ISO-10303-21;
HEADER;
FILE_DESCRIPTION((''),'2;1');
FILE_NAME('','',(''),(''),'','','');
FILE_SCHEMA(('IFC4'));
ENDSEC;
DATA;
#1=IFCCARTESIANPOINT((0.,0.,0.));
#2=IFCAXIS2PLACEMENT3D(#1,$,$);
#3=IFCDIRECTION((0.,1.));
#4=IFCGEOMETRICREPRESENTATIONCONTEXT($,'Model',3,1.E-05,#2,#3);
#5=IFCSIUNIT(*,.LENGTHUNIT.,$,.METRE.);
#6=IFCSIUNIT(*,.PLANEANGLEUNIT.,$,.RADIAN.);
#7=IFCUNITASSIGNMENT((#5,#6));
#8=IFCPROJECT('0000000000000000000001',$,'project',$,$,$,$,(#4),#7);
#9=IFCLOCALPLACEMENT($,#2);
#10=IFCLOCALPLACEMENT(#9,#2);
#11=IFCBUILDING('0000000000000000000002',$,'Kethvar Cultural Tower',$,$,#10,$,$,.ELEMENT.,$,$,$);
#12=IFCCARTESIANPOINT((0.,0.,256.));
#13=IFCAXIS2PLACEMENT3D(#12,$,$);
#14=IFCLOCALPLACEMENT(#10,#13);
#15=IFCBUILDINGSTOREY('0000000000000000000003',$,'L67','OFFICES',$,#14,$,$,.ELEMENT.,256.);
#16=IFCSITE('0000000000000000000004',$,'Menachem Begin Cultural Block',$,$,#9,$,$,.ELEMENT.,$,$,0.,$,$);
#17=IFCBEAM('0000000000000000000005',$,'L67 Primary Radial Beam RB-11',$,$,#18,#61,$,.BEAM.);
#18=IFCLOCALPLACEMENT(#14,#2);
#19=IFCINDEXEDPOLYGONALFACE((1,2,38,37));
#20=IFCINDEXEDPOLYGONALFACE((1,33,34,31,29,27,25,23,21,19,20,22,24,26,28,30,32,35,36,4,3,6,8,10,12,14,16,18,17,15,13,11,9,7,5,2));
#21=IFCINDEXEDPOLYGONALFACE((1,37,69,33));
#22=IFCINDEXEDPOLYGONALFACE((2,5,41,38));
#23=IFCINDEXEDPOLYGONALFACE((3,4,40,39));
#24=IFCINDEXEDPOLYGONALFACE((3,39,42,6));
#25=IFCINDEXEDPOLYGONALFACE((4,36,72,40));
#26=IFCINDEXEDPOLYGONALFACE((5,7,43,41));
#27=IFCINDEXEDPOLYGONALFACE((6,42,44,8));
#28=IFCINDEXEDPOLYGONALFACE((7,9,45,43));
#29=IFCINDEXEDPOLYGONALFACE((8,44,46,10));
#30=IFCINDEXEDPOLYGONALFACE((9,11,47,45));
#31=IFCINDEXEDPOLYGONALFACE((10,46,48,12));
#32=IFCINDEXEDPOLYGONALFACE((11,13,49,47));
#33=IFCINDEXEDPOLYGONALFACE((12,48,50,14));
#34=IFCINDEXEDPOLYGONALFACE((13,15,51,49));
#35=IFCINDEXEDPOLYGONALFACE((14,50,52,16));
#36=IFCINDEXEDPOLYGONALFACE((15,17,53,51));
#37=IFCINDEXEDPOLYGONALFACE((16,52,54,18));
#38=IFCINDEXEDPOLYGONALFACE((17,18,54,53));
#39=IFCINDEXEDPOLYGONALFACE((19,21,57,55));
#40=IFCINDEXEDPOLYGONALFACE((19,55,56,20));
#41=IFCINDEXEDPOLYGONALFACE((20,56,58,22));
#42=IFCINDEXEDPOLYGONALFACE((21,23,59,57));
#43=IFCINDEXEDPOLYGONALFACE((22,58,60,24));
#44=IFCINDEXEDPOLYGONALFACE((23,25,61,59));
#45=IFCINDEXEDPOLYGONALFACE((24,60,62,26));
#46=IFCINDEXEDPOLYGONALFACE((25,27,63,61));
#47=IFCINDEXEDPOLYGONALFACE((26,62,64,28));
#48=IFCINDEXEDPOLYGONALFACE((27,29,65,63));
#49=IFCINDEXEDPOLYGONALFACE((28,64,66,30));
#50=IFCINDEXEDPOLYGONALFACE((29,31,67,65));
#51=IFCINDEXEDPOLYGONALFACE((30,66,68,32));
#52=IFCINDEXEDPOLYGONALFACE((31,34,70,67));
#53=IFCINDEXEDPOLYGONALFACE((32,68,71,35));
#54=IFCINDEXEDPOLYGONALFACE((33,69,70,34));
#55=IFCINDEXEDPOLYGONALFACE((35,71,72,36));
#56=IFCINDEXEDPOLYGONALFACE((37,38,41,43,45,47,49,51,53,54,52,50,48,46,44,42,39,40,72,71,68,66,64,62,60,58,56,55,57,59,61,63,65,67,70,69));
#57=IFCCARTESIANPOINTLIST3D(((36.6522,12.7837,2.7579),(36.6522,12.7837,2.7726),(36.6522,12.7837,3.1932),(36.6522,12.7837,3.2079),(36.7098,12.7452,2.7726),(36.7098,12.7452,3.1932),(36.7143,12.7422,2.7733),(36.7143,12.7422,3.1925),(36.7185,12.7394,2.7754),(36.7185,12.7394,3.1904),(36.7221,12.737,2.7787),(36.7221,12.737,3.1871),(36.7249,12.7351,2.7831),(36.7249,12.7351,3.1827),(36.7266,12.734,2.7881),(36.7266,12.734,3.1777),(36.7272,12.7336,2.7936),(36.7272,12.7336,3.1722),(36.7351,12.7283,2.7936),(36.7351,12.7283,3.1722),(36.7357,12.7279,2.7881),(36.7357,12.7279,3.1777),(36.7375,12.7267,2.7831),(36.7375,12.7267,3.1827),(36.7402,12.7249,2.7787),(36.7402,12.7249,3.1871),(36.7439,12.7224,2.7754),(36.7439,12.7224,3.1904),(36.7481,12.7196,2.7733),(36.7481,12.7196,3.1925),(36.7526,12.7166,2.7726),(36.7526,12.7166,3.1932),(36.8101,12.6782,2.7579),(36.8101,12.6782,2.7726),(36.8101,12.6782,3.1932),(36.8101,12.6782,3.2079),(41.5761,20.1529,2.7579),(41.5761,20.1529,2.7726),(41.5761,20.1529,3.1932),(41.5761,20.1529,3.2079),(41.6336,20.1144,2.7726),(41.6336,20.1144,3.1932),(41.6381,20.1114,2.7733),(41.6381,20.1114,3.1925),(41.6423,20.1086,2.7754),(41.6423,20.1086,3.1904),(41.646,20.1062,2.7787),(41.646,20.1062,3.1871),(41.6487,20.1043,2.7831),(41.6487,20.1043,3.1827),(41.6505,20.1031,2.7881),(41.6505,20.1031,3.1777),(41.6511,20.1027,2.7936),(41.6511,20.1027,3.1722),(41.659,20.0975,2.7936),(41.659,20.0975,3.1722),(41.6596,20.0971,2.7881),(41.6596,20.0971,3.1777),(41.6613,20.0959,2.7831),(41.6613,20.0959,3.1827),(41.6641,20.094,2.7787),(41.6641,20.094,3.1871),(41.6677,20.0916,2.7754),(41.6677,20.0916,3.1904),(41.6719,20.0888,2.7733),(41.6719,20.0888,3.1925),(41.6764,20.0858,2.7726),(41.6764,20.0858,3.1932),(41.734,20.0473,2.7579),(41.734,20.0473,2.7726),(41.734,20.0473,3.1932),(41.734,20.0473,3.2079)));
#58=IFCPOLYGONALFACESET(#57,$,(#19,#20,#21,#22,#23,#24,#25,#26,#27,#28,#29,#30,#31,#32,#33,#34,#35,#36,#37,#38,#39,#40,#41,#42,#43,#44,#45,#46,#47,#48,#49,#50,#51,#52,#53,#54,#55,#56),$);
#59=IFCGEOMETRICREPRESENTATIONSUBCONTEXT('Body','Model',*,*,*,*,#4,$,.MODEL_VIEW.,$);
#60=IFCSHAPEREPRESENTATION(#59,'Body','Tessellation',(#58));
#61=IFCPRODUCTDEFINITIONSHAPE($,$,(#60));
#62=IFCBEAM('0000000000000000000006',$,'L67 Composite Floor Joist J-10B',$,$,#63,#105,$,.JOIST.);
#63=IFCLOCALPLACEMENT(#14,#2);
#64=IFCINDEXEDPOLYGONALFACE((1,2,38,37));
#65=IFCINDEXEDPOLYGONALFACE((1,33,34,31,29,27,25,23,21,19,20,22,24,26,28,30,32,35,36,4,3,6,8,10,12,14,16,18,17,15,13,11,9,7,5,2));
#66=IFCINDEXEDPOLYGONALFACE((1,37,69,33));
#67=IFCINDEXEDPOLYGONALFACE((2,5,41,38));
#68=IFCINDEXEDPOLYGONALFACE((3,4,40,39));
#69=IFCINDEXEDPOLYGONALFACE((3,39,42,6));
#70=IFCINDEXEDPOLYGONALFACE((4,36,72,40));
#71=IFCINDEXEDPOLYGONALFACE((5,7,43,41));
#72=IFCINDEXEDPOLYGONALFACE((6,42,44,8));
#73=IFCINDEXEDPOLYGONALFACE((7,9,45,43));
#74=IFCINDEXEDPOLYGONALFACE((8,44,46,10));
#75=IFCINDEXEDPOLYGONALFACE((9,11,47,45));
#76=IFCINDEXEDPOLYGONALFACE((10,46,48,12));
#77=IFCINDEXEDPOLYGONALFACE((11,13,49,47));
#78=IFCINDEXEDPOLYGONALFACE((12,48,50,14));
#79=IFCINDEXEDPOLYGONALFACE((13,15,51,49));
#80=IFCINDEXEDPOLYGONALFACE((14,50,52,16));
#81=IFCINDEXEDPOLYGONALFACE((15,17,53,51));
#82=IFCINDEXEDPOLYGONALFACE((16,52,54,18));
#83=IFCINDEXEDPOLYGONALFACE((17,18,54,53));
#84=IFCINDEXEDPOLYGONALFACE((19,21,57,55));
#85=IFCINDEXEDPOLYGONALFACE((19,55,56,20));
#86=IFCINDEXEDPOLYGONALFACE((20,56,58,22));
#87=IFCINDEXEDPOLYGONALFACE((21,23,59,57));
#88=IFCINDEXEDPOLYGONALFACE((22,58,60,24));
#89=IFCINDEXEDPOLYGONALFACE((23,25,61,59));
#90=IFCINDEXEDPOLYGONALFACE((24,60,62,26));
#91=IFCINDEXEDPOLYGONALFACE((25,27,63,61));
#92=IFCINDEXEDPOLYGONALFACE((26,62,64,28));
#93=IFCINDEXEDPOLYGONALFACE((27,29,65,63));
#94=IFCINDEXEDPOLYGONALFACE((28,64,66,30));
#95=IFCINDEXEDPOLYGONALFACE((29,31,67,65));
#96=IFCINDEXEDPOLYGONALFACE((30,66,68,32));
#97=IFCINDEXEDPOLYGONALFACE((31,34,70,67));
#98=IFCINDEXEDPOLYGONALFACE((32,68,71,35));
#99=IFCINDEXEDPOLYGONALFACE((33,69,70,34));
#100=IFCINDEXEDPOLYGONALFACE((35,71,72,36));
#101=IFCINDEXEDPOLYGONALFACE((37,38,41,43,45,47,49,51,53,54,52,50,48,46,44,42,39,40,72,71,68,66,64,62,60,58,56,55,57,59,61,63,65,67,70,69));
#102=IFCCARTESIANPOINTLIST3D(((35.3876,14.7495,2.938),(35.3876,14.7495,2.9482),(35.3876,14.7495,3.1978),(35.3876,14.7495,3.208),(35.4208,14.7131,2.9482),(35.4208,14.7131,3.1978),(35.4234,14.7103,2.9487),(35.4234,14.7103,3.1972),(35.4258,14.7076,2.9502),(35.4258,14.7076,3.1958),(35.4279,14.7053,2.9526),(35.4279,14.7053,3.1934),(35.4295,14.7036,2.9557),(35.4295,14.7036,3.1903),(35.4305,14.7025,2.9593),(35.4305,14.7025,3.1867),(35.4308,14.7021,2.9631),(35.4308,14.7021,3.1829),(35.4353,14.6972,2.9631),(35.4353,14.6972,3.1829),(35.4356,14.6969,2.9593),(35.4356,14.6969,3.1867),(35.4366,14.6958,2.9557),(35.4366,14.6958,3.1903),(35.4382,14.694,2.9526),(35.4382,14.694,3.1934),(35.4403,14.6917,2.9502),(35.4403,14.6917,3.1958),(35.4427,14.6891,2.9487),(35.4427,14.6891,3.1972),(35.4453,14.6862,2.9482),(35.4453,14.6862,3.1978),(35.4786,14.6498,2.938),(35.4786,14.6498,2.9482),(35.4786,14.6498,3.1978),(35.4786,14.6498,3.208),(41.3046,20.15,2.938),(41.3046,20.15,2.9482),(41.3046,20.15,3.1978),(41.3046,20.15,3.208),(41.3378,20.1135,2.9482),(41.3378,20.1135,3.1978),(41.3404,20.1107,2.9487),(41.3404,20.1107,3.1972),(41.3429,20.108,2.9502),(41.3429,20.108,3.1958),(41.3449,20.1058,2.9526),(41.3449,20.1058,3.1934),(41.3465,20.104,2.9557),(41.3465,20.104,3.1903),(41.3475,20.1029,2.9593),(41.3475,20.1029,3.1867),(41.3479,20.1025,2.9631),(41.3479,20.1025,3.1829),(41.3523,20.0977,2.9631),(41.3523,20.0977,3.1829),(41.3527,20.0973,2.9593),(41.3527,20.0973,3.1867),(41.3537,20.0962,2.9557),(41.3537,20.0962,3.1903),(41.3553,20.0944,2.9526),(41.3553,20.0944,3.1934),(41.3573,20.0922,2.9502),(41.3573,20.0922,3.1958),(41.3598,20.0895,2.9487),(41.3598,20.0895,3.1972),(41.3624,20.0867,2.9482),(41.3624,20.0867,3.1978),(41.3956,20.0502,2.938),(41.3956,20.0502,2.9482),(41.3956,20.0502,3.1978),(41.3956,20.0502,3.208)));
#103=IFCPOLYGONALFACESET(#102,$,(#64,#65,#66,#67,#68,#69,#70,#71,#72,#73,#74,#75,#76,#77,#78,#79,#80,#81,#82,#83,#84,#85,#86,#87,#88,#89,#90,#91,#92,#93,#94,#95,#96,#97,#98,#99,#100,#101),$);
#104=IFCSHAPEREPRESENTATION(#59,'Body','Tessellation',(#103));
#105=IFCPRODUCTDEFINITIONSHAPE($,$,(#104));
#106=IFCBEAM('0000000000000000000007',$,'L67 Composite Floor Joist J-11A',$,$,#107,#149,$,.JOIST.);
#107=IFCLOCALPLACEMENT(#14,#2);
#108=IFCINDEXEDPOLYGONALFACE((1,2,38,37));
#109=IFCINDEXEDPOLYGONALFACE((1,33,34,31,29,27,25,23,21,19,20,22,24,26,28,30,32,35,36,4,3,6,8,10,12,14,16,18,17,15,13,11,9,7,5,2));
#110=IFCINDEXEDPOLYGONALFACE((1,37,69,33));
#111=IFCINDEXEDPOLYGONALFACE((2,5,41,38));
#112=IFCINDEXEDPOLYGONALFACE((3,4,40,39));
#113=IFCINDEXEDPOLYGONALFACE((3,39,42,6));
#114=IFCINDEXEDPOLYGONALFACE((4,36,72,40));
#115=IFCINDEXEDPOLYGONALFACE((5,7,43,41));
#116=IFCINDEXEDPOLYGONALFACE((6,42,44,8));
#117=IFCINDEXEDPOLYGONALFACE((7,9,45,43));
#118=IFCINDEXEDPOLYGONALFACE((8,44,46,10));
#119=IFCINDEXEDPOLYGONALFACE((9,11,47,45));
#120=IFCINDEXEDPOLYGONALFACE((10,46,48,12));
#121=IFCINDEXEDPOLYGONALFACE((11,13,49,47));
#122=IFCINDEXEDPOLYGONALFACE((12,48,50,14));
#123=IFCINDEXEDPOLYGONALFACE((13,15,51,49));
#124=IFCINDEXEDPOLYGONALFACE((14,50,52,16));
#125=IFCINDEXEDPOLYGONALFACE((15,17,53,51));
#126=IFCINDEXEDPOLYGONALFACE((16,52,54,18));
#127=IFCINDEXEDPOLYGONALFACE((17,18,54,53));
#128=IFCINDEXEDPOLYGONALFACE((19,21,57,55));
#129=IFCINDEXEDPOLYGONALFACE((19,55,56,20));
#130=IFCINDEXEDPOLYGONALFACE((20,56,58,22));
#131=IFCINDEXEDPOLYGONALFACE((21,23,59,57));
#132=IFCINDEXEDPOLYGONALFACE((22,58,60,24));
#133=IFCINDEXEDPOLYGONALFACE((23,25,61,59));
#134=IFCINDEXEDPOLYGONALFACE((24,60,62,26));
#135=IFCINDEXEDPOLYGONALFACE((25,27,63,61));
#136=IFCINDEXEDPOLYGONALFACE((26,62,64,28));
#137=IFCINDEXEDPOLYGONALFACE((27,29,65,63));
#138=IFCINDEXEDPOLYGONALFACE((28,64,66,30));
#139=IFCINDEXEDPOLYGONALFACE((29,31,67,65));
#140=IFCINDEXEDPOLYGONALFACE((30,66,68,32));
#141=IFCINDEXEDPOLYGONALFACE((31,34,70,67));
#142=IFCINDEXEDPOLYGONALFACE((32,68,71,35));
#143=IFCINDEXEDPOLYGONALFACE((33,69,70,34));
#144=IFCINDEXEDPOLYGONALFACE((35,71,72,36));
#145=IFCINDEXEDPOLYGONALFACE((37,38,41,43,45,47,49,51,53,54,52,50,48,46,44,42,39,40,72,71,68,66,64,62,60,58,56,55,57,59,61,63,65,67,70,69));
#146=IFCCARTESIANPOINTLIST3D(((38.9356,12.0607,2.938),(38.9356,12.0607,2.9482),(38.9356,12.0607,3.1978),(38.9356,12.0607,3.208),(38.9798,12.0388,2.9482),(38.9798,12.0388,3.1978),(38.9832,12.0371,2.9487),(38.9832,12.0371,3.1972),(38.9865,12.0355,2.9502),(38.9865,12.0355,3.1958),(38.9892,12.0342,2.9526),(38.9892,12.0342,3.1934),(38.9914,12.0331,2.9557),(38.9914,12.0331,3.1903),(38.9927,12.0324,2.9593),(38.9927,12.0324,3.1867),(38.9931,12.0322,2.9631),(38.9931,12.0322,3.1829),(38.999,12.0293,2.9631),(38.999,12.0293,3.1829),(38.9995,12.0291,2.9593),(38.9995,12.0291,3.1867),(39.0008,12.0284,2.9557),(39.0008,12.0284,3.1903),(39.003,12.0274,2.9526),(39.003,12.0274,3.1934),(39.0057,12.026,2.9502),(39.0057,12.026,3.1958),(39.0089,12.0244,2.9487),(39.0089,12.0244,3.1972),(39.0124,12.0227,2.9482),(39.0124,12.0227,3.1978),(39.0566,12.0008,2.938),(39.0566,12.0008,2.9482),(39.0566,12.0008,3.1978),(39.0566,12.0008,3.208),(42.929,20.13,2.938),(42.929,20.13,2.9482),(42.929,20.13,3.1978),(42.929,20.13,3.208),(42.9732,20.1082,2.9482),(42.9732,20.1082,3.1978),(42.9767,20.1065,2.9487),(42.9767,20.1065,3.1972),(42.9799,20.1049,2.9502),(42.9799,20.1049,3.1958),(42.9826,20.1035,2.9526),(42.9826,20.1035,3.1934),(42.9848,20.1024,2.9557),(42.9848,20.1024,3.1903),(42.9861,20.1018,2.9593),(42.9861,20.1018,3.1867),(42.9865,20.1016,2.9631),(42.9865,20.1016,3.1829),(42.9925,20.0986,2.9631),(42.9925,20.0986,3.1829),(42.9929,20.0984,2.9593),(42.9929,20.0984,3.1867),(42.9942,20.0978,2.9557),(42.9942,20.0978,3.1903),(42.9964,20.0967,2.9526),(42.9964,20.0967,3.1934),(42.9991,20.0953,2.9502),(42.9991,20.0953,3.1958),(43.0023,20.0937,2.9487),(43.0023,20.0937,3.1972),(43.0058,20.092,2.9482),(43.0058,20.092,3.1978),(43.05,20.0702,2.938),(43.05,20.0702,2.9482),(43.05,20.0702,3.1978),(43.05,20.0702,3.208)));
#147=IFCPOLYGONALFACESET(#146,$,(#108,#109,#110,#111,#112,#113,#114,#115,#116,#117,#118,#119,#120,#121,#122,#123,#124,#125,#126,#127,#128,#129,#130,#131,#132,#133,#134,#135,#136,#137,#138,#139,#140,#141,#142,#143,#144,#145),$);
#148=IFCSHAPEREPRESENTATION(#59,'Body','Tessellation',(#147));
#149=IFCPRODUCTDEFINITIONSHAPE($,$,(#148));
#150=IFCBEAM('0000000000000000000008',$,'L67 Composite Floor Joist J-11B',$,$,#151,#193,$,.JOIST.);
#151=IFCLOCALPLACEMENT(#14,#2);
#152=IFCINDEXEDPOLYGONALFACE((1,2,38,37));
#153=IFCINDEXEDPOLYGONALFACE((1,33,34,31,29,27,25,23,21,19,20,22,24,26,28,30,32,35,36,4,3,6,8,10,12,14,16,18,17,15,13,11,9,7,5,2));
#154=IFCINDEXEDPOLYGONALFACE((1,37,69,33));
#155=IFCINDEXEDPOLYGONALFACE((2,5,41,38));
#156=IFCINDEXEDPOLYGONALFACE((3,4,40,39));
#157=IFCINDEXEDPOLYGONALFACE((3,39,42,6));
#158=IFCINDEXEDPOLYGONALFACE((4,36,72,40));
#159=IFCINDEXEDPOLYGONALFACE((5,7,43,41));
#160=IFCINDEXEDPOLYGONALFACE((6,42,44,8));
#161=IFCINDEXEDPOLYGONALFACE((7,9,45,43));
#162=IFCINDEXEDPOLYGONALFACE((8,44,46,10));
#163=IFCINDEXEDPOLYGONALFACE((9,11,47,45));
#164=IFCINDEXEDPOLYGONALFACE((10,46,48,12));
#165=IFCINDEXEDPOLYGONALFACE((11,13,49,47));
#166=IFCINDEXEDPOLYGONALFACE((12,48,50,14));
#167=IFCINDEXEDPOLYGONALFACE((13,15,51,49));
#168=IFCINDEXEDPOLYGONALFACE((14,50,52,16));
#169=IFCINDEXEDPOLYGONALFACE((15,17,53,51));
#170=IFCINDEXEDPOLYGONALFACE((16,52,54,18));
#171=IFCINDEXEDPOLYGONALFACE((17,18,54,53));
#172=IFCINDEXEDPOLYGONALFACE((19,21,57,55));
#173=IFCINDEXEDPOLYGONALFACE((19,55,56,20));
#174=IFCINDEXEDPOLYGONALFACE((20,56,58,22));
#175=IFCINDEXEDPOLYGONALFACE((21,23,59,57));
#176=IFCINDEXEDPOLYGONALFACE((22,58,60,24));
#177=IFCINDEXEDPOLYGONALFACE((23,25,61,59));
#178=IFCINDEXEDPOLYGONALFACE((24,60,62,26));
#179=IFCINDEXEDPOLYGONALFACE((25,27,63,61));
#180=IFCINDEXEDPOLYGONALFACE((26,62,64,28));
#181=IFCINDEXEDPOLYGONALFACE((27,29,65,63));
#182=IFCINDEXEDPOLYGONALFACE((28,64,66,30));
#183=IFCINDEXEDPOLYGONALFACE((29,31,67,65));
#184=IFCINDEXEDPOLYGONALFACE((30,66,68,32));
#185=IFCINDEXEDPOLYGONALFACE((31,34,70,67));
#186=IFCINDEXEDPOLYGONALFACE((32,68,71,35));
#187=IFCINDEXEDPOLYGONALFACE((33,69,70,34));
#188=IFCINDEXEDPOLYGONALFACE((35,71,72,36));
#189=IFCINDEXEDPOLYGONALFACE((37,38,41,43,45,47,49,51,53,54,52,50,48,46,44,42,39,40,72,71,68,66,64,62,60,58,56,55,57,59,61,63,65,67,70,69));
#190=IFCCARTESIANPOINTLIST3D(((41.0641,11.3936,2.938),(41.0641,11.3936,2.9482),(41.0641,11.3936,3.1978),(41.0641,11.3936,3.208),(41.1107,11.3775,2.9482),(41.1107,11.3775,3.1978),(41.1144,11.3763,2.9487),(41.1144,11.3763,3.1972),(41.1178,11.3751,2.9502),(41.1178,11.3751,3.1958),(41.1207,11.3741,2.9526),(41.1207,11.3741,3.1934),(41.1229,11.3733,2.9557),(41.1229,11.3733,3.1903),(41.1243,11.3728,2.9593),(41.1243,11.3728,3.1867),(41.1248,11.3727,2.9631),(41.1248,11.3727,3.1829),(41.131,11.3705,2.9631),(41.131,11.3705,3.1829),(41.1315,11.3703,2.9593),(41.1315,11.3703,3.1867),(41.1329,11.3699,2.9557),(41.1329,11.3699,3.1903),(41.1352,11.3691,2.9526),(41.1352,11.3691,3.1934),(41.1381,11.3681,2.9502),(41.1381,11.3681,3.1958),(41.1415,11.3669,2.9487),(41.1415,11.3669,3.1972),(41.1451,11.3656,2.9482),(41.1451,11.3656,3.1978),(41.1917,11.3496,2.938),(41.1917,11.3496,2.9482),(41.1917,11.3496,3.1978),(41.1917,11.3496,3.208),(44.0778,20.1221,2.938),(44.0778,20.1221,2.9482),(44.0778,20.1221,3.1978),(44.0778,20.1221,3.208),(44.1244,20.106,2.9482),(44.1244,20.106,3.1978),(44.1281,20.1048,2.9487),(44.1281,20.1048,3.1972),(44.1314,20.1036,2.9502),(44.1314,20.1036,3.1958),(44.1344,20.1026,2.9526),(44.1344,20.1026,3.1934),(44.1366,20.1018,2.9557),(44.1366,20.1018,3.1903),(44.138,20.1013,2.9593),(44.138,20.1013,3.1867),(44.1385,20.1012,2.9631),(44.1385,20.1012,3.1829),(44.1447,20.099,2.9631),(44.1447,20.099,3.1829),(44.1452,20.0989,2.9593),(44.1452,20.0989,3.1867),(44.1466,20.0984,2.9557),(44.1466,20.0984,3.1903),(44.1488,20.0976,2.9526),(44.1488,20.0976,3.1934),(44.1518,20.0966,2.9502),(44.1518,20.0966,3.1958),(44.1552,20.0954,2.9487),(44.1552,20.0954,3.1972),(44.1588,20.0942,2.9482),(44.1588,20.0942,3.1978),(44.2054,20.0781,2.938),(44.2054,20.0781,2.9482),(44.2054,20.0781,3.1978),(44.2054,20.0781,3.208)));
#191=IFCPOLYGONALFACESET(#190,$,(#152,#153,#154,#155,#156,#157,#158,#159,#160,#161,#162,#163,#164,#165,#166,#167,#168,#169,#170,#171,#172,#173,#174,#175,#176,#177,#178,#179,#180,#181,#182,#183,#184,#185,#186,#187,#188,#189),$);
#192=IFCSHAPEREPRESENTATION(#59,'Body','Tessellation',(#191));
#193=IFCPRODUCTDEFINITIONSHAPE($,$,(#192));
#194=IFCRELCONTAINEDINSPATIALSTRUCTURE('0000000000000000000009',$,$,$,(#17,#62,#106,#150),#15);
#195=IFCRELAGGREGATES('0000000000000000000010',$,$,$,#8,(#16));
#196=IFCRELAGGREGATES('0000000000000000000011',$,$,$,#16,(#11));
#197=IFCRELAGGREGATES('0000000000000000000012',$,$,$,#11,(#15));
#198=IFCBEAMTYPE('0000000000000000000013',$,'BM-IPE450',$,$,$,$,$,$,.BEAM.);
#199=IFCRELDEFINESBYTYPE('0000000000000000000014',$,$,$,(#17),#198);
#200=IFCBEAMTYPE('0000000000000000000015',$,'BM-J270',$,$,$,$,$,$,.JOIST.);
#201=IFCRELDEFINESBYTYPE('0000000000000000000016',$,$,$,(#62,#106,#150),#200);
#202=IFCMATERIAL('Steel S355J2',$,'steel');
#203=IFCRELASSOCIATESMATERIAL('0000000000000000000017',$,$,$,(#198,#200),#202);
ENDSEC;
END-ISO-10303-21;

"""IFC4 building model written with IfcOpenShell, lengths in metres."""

from ifc_helpers import new_model, si_unit, direction, frame, origin, origin_2d, place, context, subcontext, project, spatial, i_section, extrude, source, transform, mapped, material, material_profile, profile_set, type_object, element, save


model = new_model("IFC4")

# Units and contexts
model_context = context("Model", 3, precision=1e-05, world=origin(), true_north=direction((0.0, 1.0)))
body_context = subcontext(model_context, "Body", "Model", "MODEL_VIEW")
ifc_project = project(units=[si_unit("LENGTHUNIT", "METRE"), si_unit("PLANEANGLEUNIT", "RADIAN")], contexts=[model_context])

# Site, building, storey
site_placement = place(None, origin())
site = spatial("IfcSite", under=ifc_project, at=site_placement, Name="Menachem Begin Cultural Block", CompositionType="ELEMENT", RefElevation=0.0)
building_placement = place(site_placement, origin())
building = spatial("IfcBuilding", under=site, at=building_placement, Name="Kethvar Cultural Tower", CompositionType="ELEMENT")
storey_placement = place(building_placement, frame((0.0, 0.0, 256.0)))
storey = spatial("IfcBuildingStorey", under=building, at=storey_placement, Name="L67", Description="OFFICES", CompositionType="ELEMENT", Elevation=256.0)

# Beams
ifc_material_1 = material(Name="Steel S355J2", Category="steel")
ifc_material_profile_1 = material_profile(ifc_material_1, i_section(OverallWidth=0.1899, OverallDepth=0.45, WebThickness=0.0095, FlangeThickness=0.0146, FilletRadius=0.021, at=origin_2d()), Name="Steel S355J2 — IPE450")
ifc_profile_set_1 = profile_set([ifc_material_profile_1], Name="Steel S355J2 — IPE450")
beam_type_1 = type_object("IfcBeamType", Name="BM-IPE450", PredefinedType="BEAM", material=ifc_profile_set_1)
shared_shape_1 = source(origin(), body_context, "Body", "SweptSolid", [
    extrude(i_section(OverallWidth=0.1899, OverallDepth=0.45, WebThickness=0.0095, FlangeThickness=0.0146, FilletRadius=0.021, at=origin_2d()), origin(), (0.0, 0.0, 1.0), 8.8628),
])
beam_1_placement = place(storey_placement, frame((41.655, 20.1001, 2.9829), z_axis=(-0.555564, -0.831473, 0.0), x_axis=(0.831473, -0.555564, 0.0)))
element("IfcBeam", 1, at=beam_1_placement, inside=storey, type_object=beam_type_1, Name="L67 Primary Radial Beam RB-11", PredefinedType="BEAM", context=body_context, shape_type="MappedRepresentation", body=[
    mapped(shared_shape_1, transform((0.0, 0.0, 0.0), scale=1.0)),
])
ifc_material_profile_2 = material_profile(ifc_material_1, i_section(OverallWidth=0.135, OverallDepth=0.27, WebThickness=0.0066, FlangeThickness=0.0103, FilletRadius=0.0149, at=origin_2d()), Name="Steel S355J2 — IPE270")
ifc_profile_set_2 = profile_set([ifc_material_profile_2], Name="Steel S355J2 — IPE270")
beam_type_2 = type_object("IfcBeamType", Name="BM-J270", PredefinedType="JOIST", material=ifc_profile_set_2)
shared_shape_2 = source(origin(), body_context, "Body", "SweptSolid", [
    extrude(i_section(OverallWidth=0.135, OverallDepth=0.27, WebThickness=0.0066, FlangeThickness=0.0103, FilletRadius=0.0149, at=origin_2d()), origin(), (0.0, 0.0, 1.0), 8.011),
])
beam_2_placement = place(storey_placement, frame((41.3501, 20.1001, 3.073), z_axis=(-0.738615, -0.674128, 0.0), x_axis=(0.674128, -0.738615, 0.0)))
element("IfcBeam", 2, at=beam_2_placement, inside=storey, type_object=beam_type_2, Name="L67 Composite Floor Joist J-10B", PredefinedType="JOIST", context=body_context, shape_type="MappedRepresentation", body=[
    mapped(shared_shape_2, transform((0.0, 0.0, 0.0), scale=1.0)),
])
shared_shape_3 = source(origin(), body_context, "Body", "SweptSolid", [
    extrude(i_section(OverallWidth=0.135, OverallDepth=0.27, WebThickness=0.0066, FlangeThickness=0.0103, FilletRadius=0.0149, at=origin_2d()), origin(), (0.0, 0.0, 1.0), 9.0034),
])
beam_3_placement = place(storey_placement, frame((42.9895, 20.1001, 3.073), z_axis=(-0.443544, -0.896253, 0.0), x_axis=(0.896253, -0.443544, 0.0)))
element("IfcBeam", 3, at=beam_3_placement, inside=storey, type_object=beam_type_2, Name="L67 Composite Floor Joist J-11A", PredefinedType="JOIST", context=body_context, shape_type="MappedRepresentation", body=[
    mapped(shared_shape_3, transform((0.0, 0.0, 0.0), scale=1.0)),
])
shared_shape_4 = source(origin(), body_context, "Body", "SweptSolid", [
    extrude(i_section(OverallWidth=0.135, OverallDepth=0.27, WebThickness=0.0066, FlangeThickness=0.0103, FilletRadius=0.0149, at=origin_2d()), origin(), (0.0, 0.0, 1.0), 9.2341),
])
beam_4_placement = place(storey_placement, frame((44.1416, 20.1001, 3.073), z_axis=(-0.326362, -0.945245, 0.0), x_axis=(0.945245, -0.326362, 0.0)))
element("IfcBeam", 4, at=beam_4_placement, inside=storey, type_object=beam_type_2, Name="L67 Composite Floor Joist J-11B", PredefinedType="JOIST", context=body_context, shape_type="MappedRepresentation", body=[
    mapped(shared_shape_4, transform((0.0, 0.0, 0.0), scale=1.0)),
])

save(model, "model.ifc")
